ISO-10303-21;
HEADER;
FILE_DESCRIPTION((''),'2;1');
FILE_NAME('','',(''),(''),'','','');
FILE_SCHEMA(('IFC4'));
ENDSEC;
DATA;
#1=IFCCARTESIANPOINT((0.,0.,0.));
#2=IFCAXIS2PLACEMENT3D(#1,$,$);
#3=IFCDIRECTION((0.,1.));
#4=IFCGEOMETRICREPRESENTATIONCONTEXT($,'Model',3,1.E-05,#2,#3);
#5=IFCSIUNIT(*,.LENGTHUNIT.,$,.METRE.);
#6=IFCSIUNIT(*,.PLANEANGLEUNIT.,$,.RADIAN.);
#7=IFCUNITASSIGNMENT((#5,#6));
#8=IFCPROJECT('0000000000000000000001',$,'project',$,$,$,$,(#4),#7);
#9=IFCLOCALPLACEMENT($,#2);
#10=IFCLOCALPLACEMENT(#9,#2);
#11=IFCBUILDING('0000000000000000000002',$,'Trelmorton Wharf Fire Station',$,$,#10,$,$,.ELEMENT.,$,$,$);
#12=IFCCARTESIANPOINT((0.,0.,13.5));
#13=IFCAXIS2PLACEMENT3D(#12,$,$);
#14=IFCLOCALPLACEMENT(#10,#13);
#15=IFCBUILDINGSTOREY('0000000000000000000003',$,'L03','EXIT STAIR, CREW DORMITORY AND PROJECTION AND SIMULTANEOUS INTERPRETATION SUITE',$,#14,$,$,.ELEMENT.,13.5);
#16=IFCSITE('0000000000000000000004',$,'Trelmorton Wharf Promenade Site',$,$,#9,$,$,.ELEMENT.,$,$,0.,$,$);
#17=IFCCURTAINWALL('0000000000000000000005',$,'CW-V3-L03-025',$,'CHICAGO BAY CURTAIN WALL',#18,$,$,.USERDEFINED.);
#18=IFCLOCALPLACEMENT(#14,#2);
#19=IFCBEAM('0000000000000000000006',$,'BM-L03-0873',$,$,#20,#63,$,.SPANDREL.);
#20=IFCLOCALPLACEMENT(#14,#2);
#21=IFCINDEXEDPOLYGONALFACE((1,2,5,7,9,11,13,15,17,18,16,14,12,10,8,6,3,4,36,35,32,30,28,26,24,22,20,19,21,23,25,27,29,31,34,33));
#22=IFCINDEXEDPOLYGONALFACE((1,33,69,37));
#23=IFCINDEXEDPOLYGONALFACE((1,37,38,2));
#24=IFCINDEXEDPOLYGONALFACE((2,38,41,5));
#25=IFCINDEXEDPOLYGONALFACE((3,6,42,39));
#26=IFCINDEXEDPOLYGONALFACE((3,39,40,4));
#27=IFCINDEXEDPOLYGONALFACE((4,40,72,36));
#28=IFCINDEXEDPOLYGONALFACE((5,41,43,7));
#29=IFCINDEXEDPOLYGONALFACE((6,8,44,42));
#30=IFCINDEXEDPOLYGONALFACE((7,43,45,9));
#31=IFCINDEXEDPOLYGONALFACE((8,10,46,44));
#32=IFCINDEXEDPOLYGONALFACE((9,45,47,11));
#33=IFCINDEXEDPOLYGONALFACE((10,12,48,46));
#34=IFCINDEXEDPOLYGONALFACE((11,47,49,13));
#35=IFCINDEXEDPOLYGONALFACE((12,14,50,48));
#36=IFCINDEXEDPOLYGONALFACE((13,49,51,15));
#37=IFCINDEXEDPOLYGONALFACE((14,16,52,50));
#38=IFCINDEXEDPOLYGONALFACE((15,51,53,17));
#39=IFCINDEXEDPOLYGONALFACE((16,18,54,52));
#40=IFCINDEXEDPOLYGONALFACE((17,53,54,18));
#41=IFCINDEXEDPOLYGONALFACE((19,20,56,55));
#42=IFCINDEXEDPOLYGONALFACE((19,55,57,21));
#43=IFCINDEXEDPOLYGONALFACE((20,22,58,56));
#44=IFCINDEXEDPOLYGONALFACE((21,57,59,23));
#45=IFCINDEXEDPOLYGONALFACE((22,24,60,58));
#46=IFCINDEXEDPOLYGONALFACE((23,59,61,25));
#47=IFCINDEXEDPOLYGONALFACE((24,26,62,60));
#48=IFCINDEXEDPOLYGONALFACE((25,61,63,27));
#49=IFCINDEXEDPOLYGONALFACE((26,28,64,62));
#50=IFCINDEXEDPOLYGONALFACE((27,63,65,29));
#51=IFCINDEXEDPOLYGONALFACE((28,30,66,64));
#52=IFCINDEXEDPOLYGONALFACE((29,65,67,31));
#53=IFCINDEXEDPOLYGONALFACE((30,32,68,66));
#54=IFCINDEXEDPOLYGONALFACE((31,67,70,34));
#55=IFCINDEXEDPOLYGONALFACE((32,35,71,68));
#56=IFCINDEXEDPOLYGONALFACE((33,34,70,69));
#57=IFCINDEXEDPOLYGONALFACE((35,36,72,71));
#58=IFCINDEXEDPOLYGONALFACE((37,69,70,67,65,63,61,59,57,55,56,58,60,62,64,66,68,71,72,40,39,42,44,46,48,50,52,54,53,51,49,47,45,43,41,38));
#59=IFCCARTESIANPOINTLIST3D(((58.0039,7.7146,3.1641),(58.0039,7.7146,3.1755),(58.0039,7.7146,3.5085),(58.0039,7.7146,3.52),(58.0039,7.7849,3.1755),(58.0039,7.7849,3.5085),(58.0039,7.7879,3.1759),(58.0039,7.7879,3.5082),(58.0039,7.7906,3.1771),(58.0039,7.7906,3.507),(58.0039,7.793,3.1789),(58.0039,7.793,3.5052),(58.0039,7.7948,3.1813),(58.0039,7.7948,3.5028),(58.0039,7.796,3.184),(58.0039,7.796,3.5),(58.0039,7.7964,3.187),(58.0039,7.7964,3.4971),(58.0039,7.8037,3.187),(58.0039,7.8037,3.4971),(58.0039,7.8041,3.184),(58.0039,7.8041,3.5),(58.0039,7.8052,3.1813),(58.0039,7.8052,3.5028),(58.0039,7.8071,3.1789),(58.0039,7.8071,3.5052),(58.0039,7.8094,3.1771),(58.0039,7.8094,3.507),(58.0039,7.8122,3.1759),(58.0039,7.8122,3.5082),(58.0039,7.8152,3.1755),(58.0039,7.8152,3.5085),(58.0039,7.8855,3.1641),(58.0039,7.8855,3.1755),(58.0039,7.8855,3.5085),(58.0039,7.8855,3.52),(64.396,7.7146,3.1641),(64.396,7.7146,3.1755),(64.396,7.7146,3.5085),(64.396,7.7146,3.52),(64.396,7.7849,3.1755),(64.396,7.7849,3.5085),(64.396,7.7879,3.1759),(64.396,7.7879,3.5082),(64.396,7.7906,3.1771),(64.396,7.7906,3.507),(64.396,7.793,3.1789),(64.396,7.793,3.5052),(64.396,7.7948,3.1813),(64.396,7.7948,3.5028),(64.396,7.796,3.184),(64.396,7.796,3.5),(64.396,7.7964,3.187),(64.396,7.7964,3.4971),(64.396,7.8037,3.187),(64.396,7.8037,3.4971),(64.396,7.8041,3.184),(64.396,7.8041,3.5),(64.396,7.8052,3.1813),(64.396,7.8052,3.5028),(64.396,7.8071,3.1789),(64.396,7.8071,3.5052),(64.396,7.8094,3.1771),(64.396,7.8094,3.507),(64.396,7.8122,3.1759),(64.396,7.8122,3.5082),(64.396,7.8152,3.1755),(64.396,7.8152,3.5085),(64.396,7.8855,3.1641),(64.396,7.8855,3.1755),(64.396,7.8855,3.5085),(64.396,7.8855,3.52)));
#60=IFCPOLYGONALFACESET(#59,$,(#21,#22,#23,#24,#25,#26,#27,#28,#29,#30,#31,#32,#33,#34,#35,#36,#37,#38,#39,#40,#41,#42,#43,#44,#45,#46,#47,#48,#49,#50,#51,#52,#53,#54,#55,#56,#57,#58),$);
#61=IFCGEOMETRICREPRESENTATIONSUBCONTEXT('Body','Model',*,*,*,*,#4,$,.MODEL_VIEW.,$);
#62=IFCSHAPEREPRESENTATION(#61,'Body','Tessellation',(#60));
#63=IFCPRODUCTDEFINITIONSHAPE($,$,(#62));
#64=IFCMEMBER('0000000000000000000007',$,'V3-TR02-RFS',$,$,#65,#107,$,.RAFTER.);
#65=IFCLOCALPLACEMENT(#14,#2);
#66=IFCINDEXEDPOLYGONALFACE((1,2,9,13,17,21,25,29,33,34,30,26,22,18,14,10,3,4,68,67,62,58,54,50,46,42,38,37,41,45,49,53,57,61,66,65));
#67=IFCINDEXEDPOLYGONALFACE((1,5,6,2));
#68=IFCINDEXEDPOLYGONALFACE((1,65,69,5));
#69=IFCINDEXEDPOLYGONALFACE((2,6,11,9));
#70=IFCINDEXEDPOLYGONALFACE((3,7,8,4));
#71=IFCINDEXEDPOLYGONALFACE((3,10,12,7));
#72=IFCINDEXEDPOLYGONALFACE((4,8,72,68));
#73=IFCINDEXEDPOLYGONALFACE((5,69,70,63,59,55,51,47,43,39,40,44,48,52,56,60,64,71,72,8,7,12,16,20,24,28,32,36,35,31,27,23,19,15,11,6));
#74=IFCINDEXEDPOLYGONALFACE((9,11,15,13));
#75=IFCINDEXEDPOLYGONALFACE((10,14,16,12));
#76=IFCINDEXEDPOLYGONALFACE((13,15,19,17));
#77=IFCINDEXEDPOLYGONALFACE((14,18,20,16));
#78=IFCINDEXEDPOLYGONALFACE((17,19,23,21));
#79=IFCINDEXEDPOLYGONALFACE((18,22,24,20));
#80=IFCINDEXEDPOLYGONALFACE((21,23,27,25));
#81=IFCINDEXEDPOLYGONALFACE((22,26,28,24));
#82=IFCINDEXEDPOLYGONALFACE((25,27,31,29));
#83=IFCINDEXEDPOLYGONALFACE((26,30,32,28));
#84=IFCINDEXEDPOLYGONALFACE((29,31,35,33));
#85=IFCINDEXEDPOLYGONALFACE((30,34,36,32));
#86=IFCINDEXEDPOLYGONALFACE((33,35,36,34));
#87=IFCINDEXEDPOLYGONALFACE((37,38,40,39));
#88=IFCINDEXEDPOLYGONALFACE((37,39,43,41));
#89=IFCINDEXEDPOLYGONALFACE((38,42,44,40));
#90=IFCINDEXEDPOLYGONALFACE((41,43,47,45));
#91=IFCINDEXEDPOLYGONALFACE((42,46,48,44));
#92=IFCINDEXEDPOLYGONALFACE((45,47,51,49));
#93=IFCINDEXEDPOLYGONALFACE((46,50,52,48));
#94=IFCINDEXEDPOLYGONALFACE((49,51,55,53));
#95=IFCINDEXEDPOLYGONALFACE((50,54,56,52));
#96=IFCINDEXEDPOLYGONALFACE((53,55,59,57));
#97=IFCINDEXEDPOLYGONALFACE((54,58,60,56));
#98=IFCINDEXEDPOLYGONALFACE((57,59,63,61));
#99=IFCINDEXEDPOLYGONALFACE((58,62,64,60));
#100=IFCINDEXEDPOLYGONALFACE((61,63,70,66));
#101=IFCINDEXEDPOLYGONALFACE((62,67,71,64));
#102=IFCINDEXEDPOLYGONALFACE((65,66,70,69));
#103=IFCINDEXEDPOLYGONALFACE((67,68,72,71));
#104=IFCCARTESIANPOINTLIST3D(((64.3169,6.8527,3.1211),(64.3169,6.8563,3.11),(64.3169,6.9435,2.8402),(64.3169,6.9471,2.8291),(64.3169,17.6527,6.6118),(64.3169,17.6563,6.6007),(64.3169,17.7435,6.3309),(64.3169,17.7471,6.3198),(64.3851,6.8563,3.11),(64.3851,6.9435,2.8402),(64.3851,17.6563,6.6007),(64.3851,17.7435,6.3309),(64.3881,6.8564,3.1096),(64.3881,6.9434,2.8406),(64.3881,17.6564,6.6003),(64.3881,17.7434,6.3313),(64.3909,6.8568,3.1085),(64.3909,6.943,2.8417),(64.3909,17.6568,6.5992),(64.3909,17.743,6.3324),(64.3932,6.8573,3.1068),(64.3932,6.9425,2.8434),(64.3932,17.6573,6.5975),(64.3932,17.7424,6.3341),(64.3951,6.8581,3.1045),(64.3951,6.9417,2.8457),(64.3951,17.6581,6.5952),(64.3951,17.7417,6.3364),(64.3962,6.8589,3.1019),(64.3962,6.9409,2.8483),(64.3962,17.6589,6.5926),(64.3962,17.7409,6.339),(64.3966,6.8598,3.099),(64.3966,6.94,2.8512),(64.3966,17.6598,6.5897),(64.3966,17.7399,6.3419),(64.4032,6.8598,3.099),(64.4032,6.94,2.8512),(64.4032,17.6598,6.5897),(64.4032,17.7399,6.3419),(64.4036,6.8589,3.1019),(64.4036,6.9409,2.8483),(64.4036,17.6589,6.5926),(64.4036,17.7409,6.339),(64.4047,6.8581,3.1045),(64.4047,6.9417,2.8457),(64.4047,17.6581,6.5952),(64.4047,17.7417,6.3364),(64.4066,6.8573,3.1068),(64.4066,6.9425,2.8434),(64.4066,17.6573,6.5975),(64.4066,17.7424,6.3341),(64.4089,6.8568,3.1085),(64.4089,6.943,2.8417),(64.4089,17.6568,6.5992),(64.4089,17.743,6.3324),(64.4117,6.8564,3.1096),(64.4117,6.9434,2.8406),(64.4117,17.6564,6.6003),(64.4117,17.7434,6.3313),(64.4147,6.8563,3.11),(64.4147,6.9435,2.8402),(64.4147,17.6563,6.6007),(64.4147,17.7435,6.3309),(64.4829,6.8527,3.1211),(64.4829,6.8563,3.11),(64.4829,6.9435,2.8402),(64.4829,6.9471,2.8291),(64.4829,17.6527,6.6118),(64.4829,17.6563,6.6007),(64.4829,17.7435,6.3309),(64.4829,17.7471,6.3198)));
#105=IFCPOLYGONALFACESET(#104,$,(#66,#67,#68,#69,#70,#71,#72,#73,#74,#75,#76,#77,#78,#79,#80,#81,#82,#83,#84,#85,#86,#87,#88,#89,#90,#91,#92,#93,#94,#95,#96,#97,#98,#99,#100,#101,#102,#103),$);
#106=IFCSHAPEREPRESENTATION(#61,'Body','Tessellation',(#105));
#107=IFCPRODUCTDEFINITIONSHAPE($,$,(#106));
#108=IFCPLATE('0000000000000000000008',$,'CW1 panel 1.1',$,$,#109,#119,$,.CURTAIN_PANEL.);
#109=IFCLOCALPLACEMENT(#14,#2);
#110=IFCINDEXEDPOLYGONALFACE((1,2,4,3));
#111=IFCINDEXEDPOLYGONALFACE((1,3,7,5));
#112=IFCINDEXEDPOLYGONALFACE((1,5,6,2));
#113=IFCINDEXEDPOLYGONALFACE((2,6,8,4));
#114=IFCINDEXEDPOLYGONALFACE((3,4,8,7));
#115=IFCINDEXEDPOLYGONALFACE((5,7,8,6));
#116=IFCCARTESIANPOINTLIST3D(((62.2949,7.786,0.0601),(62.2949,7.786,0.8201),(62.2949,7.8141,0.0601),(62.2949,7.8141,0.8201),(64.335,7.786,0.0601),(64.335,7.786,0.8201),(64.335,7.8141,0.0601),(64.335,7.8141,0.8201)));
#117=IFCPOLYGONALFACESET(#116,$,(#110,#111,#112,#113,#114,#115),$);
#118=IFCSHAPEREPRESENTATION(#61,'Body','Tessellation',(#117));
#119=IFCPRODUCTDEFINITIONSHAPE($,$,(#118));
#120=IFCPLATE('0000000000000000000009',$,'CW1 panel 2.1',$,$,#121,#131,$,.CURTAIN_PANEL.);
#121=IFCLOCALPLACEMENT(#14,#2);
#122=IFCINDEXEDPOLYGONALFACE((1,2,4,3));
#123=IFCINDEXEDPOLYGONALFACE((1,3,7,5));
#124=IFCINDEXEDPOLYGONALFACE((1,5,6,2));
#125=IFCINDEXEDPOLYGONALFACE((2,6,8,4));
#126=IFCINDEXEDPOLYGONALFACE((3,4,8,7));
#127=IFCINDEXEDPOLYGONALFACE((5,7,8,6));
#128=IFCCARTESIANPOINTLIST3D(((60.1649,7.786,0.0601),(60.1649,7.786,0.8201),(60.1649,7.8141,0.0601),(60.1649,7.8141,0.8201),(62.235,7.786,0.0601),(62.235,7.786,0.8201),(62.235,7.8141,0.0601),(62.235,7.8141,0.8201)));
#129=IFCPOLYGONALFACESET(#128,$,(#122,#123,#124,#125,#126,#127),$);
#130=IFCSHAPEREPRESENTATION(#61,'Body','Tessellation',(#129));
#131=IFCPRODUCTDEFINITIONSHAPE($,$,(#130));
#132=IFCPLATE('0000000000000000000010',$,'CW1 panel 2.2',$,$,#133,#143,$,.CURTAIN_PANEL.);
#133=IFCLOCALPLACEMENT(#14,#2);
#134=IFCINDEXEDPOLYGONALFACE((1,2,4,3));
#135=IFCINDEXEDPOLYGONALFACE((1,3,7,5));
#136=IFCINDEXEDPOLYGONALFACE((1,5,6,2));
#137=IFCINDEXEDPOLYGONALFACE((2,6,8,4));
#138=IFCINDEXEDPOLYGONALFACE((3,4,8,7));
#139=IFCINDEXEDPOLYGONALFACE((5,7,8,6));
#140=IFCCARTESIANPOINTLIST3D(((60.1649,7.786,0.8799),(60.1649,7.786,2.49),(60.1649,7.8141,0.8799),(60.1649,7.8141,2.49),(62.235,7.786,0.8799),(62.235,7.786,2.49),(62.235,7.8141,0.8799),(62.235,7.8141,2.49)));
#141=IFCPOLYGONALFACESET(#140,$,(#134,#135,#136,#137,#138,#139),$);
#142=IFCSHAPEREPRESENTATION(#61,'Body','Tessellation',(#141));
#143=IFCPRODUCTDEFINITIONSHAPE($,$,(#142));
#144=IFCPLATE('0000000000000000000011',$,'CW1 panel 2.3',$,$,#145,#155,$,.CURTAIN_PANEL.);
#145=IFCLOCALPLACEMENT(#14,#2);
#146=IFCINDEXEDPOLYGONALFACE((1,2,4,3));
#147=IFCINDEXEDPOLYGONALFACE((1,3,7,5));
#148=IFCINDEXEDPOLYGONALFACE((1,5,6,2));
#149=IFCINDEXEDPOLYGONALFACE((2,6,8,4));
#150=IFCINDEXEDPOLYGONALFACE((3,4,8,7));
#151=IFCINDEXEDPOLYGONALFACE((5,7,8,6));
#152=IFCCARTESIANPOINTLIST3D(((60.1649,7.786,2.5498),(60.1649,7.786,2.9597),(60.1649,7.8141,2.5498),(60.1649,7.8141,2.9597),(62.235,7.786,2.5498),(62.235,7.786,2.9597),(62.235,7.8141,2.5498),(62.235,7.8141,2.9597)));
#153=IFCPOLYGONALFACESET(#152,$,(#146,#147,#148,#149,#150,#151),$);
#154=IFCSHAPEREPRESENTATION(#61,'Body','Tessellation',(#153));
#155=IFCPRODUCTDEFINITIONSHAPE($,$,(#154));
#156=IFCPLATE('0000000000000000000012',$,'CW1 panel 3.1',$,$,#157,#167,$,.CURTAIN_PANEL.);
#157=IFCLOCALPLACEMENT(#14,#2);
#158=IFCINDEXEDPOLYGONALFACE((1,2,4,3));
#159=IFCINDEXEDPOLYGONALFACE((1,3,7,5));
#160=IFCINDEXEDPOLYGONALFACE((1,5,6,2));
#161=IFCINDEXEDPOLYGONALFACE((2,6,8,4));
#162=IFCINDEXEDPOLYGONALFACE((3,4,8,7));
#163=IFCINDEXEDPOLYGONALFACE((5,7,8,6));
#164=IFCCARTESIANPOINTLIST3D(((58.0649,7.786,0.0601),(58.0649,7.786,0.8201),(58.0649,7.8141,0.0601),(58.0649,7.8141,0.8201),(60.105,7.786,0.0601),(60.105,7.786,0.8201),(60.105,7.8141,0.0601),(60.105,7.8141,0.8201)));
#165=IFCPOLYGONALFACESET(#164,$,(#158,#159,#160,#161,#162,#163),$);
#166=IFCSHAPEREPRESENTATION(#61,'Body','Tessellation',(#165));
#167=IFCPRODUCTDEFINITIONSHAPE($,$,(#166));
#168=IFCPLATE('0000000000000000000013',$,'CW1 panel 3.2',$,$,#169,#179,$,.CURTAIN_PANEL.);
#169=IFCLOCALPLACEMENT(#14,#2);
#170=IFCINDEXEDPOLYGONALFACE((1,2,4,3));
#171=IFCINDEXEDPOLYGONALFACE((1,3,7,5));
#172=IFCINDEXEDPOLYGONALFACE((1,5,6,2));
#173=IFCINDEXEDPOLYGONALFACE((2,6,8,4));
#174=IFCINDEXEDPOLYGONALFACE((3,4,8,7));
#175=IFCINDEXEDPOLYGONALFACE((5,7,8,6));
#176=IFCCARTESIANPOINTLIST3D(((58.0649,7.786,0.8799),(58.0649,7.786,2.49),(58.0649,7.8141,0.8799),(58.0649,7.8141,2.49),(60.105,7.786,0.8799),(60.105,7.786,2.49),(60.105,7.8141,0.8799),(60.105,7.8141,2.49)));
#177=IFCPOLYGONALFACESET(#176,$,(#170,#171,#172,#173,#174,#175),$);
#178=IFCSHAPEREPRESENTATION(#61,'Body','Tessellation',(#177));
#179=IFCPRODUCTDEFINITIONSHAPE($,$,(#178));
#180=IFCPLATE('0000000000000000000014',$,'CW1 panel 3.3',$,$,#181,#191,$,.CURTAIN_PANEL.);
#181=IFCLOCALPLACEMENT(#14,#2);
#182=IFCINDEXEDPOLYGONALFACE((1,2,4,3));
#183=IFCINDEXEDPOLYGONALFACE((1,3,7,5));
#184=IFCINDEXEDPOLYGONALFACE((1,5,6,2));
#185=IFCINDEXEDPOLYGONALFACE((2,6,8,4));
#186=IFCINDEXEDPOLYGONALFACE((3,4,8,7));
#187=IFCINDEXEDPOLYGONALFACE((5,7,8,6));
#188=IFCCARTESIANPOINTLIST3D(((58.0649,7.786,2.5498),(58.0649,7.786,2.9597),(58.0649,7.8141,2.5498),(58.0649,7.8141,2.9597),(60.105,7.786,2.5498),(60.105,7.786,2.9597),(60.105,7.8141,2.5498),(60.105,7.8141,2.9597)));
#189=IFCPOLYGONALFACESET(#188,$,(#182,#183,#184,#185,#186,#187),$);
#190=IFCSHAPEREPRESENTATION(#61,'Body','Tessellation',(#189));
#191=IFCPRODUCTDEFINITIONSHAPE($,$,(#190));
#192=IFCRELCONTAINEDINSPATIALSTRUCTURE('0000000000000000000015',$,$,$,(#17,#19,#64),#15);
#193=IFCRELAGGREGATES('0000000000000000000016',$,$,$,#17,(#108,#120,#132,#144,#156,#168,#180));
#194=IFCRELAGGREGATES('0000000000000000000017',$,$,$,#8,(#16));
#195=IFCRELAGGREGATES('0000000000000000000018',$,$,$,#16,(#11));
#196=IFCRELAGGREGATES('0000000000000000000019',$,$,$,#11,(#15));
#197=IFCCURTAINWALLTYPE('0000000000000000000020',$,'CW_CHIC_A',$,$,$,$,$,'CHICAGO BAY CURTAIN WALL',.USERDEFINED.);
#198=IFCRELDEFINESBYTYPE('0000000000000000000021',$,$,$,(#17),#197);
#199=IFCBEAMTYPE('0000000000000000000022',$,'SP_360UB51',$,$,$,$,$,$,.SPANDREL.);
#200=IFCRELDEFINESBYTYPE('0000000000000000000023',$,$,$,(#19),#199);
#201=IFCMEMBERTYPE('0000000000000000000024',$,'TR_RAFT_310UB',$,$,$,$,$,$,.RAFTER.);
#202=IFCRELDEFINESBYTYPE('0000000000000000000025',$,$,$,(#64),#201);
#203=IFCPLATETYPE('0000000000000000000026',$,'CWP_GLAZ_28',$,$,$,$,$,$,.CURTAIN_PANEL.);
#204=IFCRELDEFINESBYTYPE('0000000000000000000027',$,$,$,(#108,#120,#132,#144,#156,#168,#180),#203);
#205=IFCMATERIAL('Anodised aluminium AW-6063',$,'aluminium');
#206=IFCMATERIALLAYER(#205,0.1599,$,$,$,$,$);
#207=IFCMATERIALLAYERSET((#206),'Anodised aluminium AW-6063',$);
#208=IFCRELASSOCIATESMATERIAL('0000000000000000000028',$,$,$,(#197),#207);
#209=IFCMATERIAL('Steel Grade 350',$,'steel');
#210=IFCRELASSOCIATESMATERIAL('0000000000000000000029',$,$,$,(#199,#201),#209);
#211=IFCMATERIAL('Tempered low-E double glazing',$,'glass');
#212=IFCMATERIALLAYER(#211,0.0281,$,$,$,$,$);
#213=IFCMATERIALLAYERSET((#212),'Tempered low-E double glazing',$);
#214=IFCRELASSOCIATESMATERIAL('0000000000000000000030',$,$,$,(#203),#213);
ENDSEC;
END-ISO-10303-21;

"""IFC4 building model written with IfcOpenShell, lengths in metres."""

from ifc_helpers import new_model, si_unit, direction, frame, origin, origin_2d, place, context, subcontext, project, spatial, rectangle, i_section, extrude, material, layer, layer_set, material_profile, profile_set, type_object, element, aggregate, save


model = new_model("IFC4")

# Units and contexts
model_context = context("Model", 3, precision=1e-05, world=origin(), true_north=direction((0.0, 1.0)))
body_context = subcontext(model_context, "Body", "Model", "MODEL_VIEW")
ifc_project = project(units=[si_unit("LENGTHUNIT", "METRE"), si_unit("PLANEANGLEUNIT", "RADIAN")], contexts=[model_context])

# Site, building, storey
site_placement = place(None, origin())
site = spatial("IfcSite", under=ifc_project, at=site_placement, Name="Trelmorton Wharf Promenade Site", CompositionType="ELEMENT", RefElevation=0.0)
building_placement = place(site_placement, origin())
building = spatial("IfcBuilding", under=site, at=building_placement, Name="Trelmorton Wharf Fire Station", CompositionType="ELEMENT")
storey_placement = place(building_placement, frame((0.0, 0.0, 13.5)))
storey = spatial("IfcBuildingStorey", under=building, at=storey_placement, Name="L03", Description="EXIT STAIR, CREW DORMITORY AND PROJECTION AND SIMULTANEOUS INTERPRETATION SUITE", CompositionType="ELEMENT", Elevation=13.5)

# Curtain wall
ifc_material_1 = material(Name="Anodised aluminium AW-6063", Category="aluminium")
ifc_layer_1 = layer(ifc_material_1, 0.1599)
ifc_layer_set_1 = layer_set([ifc_layer_1], Name="Anodised aluminium AW-6063")
curtain_wall_type = type_object("IfcCurtainWallType", Name="CW_CHIC_A", ElementType="CHICAGO BAY CURTAIN WALL", PredefinedType="USERDEFINED", material=ifc_layer_set_1)
curtain_wall_placement = place(storey_placement, origin())
curtain_wall = element("IfcCurtainWall", 1, at=curtain_wall_placement, inside=storey, type_object=curtain_wall_type, Name="CW-V3-L03-025", ObjectType="CHICAGO BAY CURTAIN WALL", PredefinedType="USERDEFINED")

# Beam
ifc_material_2 = material(Name="Steel Grade 350", Category="steel")
ifc_material_profile_1 = material_profile(ifc_material_2, i_section(OverallWidth=0.1709, OverallDepth=0.356, WebThickness=0.0073, FlangeThickness=0.0115, FilletRadius=0.0115, at=origin_2d()), Name="360UB50.7")
ifc_profile_set_1 = profile_set([ifc_material_profile_1], Name="Steel Grade 350")
beam_type = type_object("IfcBeamType", Name="SP_360UB51", PredefinedType="SPANDREL", material=ifc_profile_set_1)
beam_placement = place(storey_placement, frame((58.0039, 7.8, 3.342), z_axis=(1.0, 0.0, 0.0), x_axis=(0.0, 1.0, 0.0)))
element("IfcBeam", 2, at=beam_placement, inside=storey, type_object=beam_type, Name="BM-L03-0873", PredefinedType="SPANDREL", context=body_context, shape_type="SweptSolid", body=[
    extrude(i_section(OverallWidth=0.1709, OverallDepth=0.356, WebThickness=0.0073, FlangeThickness=0.0115, FilletRadius=0.0115, at=origin_2d()), origin(), (0.0, 0.0, 1.0), 6.3921),
])

# Member
ifc_material_profile_2 = material_profile(ifc_material_2, i_section(OverallWidth=0.166, OverallDepth=0.3069, WebThickness=0.0066, FlangeThickness=0.0117, FilletRadius=0.0115, at=origin_2d()), Name="310UB46.2")
ifc_profile_set_2 = profile_set([ifc_material_profile_2], Name="Steel Grade 350")
member_type_1 = type_object("IfcMemberType", Name="TR_RAFT_310UB", PredefinedType="RAFTER", material=ifc_profile_set_2)
member_1_placement = place(storey_placement, frame((64.3999, 6.8999, 2.9751), z_axis=(0.0, 0.951532, 0.307548), x_axis=(-1.0, 0.0, 0.0)))
element("IfcMember", 3, at=member_1_placement, inside=storey, type_object=member_type_1, Name="V3-TR02-RFS", PredefinedType="RAFTER", context=body_context, shape_type="SweptSolid", body=[
    extrude(i_section(OverallWidth=0.166, OverallDepth=0.3069, WebThickness=0.0066, FlangeThickness=0.0117, FilletRadius=0.0115, at=origin_2d()), origin(), (0.0, 0.0, 1.0), 11.3501),
])

# Plates
ifc_material_3 = material(Name="Tempered low-E double glazing", Category="glass")
ifc_layer_2 = layer(ifc_material_3, 0.0281)
ifc_layer_set_2 = layer_set([ifc_layer_2], Name="Tempered low-E double glazing")
plate_type_1 = type_object("IfcPlateType", Name="CWP_GLAZ_28", PredefinedType="CURTAIN_PANEL", material=ifc_layer_set_2)
plate_1_placement = place(storey_placement, frame((63.3149, 7.8, 0.0601), z_axis=(0.0, 0.0, 1.0), x_axis=(-1.0, 0.0, 0.0)))
plate_1 = element("IfcPlate", 4, at=plate_1_placement, type_object=plate_type_1, Name="CW1 panel 1.1", PredefinedType="CURTAIN_PANEL", context=body_context, shape_type="SweptSolid", body=[
    extrude(rectangle(XDim=2.04, YDim=0.0281, at=origin_2d()), origin(), (0.0, 0.0, 1.0), 0.76),
])
plate_2_placement = place(storey_placement, frame((61.2, 7.8, 0.0601), z_axis=(0.0, 0.0, 1.0), x_axis=(-1.0, 0.0, 0.0)))
plate_2 = element("IfcPlate", 5, at=plate_2_placement, type_object=plate_type_1, Name="CW1 panel 2.1", PredefinedType="CURTAIN_PANEL", context=body_context, shape_type="SweptSolid", body=[
    extrude(rectangle(XDim=2.0701, YDim=0.0281, at=origin_2d()), origin(), (0.0, 0.0, 1.0), 0.76),
])
plate_3_placement = place(storey_placement, frame((61.2, 7.8, 0.8799), z_axis=(0.0, 0.0, 1.0), x_axis=(-1.0, 0.0, 0.0)))
plate_3 = element("IfcPlate", 6, at=plate_3_placement, type_object=plate_type_1, Name="CW1 panel 2.2", PredefinedType="CURTAIN_PANEL", context=body_context, shape_type="SweptSolid", body=[
    extrude(rectangle(XDim=2.0701, YDim=0.0281, at=origin_2d()), origin(), (0.0, 0.0, 1.0), 1.6101),
])
plate_4_placement = place(storey_placement, frame((61.2, 7.8, 2.5498), z_axis=(0.0, 0.0, 1.0), x_axis=(-1.0, 0.0, 0.0)))
plate_4 = element("IfcPlate", 7, at=plate_4_placement, type_object=plate_type_1, Name="CW1 panel 2.3", PredefinedType="CURTAIN_PANEL", context=body_context, shape_type="SweptSolid", body=[
    extrude(rectangle(XDim=2.0701, YDim=0.0281, at=origin_2d()), origin(), (0.0, 0.0, 1.0), 0.4099),
])
plate_5_placement = place(storey_placement, frame((59.085, 7.8, 0.0601), z_axis=(0.0, 0.0, 1.0), x_axis=(-1.0, 0.0, 0.0)))
plate_5 = element("IfcPlate", 8, at=plate_5_placement, type_object=plate_type_1, Name="CW1 panel 3.1", PredefinedType="CURTAIN_PANEL", context=body_context, shape_type="SweptSolid", body=[
    extrude(rectangle(XDim=2.04, YDim=0.0281, at=origin_2d()), origin(), (0.0, 0.0, 1.0), 0.76),
])
plate_6_placement = place(storey_placement, frame((59.085, 7.8, 0.8799), z_axis=(0.0, 0.0, 1.0), x_axis=(-1.0, 0.0, 0.0)))
plate_6 = element("IfcPlate", 9, at=plate_6_placement, type_object=plate_type_1, Name="CW1 panel 3.2", PredefinedType="CURTAIN_PANEL", context=body_context, shape_type="SweptSolid", body=[
    extrude(rectangle(XDim=2.04, YDim=0.0281, at=origin_2d()), origin(), (0.0, 0.0, 1.0), 1.6101),
])
plate_7_placement = place(storey_placement, frame((59.085, 7.8, 2.5498), z_axis=(0.0, 0.0, 1.0), x_axis=(-1.0, 0.0, 0.0)))
plate_7 = element("IfcPlate", 10, at=plate_7_placement, type_object=plate_type_1, Name="CW1 panel 3.3", PredefinedType="CURTAIN_PANEL", context=body_context, shape_type="SweptSolid", body=[
    extrude(rectangle(XDim=2.04, YDim=0.0281, at=origin_2d()), origin(), (0.0, 0.0, 1.0), 0.4099),
])
aggregate(curtain_wall, [plate_1, plate_2, plate_3, plate_4, plate_5, plate_6, plate_7])

save(model, "model.ifc")
